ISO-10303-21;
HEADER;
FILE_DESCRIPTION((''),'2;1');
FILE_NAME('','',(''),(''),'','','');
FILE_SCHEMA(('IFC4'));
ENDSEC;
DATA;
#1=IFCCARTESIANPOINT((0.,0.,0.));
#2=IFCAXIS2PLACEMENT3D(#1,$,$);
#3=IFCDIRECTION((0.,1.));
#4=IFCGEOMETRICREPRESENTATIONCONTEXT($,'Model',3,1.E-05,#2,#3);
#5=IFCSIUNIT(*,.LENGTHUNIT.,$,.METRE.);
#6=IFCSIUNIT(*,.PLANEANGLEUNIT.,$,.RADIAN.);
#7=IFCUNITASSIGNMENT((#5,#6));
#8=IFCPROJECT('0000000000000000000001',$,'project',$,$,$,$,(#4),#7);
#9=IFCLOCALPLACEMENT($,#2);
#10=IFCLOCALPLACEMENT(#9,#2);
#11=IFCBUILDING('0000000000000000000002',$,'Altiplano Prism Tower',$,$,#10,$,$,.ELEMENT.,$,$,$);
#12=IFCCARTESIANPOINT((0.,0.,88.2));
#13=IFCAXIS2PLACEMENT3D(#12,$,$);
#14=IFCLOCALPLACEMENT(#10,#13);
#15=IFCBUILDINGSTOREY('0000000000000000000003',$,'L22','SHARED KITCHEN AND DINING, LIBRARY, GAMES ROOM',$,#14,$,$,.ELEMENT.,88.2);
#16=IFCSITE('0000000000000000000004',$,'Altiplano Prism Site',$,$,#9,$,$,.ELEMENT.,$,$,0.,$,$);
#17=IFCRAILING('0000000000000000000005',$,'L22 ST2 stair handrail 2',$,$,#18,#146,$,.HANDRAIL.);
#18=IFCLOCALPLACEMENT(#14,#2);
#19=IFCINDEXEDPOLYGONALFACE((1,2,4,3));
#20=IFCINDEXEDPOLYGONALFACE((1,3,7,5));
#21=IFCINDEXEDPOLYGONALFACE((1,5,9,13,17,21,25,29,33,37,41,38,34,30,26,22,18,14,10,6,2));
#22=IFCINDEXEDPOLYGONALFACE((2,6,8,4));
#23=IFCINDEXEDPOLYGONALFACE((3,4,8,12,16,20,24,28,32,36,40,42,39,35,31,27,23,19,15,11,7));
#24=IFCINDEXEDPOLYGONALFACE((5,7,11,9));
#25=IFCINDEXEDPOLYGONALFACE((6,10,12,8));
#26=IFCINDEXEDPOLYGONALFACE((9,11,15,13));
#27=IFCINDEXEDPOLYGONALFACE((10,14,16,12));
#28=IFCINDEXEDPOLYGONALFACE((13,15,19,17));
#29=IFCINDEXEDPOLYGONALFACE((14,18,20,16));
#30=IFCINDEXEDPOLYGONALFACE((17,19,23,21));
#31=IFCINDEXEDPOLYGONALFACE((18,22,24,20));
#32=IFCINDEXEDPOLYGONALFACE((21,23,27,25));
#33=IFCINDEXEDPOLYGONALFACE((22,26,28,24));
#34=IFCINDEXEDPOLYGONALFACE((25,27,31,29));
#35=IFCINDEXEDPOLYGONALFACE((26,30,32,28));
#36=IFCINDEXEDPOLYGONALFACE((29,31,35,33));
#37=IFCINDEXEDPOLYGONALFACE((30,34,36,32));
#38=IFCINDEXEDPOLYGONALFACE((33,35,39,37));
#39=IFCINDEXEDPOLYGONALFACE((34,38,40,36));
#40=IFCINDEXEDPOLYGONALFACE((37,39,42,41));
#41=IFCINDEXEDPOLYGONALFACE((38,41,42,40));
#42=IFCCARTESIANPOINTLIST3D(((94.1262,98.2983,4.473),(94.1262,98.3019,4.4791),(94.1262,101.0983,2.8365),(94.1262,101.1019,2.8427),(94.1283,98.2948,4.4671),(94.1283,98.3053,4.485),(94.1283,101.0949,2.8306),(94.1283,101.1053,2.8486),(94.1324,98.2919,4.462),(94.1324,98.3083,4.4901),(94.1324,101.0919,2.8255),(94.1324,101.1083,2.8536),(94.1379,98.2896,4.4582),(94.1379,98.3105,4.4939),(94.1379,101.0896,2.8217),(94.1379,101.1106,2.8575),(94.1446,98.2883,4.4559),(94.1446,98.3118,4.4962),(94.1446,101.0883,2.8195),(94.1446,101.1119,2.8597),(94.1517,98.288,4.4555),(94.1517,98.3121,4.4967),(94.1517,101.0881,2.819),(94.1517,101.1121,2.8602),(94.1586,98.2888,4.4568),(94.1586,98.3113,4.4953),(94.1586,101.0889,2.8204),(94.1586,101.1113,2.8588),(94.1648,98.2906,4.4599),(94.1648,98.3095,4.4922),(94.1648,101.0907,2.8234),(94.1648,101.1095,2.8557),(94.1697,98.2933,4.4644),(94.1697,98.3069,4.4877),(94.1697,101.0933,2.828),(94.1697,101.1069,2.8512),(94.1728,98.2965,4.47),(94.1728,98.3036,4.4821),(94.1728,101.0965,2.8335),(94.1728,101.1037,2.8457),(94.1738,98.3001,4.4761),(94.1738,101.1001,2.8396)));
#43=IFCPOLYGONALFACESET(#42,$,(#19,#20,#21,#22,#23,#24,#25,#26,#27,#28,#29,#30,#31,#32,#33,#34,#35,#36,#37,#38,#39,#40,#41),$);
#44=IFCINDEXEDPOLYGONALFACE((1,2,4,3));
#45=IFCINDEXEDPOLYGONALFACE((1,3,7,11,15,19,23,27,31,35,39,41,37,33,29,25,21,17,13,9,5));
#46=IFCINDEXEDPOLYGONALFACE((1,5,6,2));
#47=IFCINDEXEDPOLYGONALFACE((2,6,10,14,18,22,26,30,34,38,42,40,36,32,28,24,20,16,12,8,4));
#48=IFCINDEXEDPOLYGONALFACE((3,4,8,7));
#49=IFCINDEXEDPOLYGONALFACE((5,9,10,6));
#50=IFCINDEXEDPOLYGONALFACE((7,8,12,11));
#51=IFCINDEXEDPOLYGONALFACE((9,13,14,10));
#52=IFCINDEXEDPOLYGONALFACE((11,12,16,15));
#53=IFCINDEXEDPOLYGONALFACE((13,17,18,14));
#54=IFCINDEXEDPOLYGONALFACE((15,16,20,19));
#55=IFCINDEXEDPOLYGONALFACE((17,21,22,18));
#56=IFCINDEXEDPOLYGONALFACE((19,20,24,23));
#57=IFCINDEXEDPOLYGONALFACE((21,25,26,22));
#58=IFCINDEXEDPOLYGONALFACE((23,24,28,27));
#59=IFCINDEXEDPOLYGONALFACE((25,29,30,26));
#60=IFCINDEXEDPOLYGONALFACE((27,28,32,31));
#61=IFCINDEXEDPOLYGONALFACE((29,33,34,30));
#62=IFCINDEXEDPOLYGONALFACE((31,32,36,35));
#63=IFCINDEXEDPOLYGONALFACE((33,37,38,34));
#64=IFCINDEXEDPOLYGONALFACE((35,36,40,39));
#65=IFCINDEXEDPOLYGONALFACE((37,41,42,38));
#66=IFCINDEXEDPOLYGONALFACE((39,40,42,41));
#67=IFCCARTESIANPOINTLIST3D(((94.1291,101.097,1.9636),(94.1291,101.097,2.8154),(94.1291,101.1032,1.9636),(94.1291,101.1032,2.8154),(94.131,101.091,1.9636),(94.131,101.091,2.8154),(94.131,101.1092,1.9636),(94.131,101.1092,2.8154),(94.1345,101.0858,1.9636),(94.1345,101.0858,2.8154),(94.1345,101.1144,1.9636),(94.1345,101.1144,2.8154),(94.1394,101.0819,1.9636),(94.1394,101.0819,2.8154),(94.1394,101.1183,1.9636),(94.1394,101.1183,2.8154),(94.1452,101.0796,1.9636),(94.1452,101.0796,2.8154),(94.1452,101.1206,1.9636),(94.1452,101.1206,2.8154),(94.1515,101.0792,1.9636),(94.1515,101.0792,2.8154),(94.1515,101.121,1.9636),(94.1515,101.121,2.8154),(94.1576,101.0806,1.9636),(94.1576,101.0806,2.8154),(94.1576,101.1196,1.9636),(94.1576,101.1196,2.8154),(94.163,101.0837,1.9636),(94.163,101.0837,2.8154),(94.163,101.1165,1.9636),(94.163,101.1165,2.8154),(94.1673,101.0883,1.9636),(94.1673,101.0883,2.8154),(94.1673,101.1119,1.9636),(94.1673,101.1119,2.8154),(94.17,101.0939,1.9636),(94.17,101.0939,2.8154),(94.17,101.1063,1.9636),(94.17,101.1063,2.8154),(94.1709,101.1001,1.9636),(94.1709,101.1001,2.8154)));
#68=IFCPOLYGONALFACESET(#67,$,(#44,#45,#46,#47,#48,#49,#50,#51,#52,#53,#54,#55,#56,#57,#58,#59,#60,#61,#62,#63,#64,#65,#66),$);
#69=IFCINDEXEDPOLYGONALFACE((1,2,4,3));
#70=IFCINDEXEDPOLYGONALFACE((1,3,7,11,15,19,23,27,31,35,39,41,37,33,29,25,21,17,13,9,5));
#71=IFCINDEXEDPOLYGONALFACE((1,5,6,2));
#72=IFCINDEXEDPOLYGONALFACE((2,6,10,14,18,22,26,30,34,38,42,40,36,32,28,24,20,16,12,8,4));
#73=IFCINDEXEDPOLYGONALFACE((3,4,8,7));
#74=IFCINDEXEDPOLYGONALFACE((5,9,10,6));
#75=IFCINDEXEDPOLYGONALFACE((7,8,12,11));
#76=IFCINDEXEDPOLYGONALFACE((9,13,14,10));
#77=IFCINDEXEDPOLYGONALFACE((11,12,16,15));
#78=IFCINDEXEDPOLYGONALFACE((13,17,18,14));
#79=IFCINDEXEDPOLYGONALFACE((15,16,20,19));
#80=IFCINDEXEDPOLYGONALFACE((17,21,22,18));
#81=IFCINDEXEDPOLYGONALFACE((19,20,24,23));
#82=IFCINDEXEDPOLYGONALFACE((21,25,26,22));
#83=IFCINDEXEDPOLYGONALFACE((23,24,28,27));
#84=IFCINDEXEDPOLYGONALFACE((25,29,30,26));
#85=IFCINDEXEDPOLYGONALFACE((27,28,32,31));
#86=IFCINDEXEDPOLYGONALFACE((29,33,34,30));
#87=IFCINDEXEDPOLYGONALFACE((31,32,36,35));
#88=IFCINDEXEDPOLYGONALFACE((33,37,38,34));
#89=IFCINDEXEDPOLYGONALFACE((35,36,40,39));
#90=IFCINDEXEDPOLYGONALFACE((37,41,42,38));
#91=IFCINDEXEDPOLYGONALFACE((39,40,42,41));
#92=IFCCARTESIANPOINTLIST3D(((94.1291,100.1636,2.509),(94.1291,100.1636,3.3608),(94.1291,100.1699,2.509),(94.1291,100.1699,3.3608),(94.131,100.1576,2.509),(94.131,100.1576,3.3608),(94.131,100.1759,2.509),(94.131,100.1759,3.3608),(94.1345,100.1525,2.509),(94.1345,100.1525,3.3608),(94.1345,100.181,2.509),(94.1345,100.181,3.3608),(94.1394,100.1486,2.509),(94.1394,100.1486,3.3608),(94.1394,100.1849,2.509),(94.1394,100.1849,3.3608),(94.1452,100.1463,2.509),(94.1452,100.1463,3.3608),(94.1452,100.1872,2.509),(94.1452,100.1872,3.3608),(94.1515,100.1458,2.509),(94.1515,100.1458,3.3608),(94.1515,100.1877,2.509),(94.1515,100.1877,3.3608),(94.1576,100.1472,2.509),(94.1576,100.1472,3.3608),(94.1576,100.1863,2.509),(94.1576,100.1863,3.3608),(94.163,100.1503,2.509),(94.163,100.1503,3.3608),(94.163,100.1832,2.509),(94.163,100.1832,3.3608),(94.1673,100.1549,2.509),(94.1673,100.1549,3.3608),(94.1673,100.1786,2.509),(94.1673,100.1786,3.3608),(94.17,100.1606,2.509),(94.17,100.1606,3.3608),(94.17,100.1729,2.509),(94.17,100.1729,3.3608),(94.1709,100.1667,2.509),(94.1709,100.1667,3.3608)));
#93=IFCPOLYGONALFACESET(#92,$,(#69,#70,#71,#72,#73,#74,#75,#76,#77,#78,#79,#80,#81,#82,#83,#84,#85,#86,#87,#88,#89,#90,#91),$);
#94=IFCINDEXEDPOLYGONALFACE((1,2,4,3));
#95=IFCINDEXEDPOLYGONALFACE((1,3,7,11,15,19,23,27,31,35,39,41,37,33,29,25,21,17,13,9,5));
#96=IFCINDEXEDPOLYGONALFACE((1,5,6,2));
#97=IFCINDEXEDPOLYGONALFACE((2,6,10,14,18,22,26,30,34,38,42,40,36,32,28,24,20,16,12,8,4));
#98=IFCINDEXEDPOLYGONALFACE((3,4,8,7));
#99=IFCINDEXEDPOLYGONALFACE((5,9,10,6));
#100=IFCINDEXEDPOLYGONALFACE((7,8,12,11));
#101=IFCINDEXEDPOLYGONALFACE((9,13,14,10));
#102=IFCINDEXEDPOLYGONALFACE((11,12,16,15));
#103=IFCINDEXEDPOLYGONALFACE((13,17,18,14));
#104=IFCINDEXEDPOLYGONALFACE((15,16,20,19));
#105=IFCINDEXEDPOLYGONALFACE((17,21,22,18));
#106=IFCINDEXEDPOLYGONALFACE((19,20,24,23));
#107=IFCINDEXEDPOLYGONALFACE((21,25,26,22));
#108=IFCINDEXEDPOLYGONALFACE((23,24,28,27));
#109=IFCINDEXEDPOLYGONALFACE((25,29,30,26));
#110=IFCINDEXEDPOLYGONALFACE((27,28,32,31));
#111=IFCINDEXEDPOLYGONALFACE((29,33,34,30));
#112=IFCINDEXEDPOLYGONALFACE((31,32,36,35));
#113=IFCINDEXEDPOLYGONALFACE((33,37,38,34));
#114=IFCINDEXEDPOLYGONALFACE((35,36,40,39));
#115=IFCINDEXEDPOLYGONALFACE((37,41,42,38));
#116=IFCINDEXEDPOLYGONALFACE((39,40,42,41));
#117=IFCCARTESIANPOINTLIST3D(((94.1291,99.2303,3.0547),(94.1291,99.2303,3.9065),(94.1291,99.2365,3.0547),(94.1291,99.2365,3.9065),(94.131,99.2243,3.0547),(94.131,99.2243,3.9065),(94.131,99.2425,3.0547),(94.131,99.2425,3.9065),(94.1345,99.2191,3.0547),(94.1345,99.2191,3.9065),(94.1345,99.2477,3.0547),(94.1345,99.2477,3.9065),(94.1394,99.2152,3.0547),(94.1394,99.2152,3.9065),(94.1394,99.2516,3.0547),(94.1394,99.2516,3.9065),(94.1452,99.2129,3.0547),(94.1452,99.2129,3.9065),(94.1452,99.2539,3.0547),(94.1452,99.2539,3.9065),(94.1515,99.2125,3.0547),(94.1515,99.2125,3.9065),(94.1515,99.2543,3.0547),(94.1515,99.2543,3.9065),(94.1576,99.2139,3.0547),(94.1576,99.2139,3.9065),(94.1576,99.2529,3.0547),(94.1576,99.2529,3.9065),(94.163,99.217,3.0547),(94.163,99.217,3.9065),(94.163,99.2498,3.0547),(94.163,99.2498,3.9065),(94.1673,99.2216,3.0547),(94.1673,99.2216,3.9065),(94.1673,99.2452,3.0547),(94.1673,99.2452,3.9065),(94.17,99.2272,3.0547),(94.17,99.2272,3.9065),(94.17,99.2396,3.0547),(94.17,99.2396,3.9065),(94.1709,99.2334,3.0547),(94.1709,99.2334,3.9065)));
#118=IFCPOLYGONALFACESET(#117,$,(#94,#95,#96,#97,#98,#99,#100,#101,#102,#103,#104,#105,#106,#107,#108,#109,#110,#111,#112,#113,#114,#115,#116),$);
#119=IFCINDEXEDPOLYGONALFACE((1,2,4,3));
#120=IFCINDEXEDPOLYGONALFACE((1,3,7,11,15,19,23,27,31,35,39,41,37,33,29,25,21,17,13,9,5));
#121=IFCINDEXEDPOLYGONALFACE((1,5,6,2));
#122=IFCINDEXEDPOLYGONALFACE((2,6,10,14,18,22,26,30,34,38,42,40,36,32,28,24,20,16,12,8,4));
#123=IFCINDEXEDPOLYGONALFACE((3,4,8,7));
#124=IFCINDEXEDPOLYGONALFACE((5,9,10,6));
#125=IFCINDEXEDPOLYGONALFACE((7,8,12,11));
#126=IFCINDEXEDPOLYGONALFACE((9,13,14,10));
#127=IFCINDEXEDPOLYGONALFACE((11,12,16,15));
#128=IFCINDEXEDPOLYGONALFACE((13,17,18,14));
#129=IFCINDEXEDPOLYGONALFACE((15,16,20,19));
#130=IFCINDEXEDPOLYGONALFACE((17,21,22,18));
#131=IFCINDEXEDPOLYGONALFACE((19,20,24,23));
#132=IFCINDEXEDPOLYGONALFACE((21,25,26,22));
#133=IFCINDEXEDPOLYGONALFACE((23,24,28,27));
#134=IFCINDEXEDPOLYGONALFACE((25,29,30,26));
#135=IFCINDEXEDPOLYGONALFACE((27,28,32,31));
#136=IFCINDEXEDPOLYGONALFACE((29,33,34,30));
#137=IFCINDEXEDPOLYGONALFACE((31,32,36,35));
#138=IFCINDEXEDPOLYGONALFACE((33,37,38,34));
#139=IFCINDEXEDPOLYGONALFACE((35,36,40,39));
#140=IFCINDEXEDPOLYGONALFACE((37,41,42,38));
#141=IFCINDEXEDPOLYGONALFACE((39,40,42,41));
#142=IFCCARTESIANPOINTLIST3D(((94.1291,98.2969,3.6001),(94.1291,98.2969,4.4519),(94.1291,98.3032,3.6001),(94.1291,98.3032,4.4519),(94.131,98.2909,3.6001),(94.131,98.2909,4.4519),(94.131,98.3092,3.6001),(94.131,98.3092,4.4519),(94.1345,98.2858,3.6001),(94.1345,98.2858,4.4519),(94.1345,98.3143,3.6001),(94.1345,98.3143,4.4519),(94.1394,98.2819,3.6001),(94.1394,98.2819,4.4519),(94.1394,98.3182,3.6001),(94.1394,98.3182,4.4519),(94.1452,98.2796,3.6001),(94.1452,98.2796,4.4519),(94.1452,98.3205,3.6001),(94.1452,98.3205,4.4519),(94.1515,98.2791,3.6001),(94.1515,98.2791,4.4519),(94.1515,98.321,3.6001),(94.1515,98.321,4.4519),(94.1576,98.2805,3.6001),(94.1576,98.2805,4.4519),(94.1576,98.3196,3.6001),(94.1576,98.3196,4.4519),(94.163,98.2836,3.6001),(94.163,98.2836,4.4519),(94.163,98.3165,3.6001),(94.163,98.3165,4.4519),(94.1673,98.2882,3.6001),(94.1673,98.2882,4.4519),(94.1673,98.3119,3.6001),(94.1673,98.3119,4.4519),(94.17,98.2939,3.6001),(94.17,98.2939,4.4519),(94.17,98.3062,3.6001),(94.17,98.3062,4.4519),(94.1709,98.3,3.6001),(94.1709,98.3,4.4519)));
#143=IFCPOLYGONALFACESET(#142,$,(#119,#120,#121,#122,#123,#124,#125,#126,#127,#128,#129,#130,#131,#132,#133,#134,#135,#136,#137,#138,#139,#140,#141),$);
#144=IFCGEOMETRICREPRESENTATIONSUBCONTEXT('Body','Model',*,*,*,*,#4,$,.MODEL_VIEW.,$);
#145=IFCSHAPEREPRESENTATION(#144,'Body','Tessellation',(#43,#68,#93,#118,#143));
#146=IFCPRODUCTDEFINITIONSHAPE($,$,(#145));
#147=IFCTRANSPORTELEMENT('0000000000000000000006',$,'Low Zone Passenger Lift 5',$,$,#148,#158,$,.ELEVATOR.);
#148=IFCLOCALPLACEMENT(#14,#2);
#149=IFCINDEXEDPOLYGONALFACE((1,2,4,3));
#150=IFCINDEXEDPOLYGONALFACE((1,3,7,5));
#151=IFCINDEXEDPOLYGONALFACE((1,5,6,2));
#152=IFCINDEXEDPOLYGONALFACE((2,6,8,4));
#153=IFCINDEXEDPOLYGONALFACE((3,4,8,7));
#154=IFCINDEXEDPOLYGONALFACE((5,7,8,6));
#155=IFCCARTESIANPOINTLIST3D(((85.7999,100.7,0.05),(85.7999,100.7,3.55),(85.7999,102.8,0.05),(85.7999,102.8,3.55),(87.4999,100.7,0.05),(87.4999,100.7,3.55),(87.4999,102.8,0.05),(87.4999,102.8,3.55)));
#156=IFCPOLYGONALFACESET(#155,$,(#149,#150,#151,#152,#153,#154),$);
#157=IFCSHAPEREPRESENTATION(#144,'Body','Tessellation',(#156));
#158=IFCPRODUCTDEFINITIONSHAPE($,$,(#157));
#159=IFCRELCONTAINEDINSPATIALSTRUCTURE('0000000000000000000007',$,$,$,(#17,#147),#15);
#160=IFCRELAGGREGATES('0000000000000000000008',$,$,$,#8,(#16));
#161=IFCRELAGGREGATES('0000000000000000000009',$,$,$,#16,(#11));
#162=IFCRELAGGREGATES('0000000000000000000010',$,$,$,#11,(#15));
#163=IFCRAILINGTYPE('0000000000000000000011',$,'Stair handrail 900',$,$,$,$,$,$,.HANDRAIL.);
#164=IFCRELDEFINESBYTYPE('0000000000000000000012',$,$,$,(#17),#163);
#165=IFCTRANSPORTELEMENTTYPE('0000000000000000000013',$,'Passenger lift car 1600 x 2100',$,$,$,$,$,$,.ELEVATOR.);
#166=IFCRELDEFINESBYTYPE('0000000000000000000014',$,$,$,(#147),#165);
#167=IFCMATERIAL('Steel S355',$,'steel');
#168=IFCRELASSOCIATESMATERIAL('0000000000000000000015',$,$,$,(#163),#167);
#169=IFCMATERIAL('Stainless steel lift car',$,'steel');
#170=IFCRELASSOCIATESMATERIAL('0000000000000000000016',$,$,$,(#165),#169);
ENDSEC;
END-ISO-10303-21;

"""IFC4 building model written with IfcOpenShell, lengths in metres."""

from ifc_helpers import new_model, si_unit, direction, frame, origin, origin_2d, place, context, subcontext, project, spatial, rectangle, circle, extrude, material, type_object, element, save


model = new_model("IFC4")

# Units and contexts
model_context = context("Model", 3, precision=1e-05, world=origin(), true_north=direction((0.0, 1.0)))
body_context = subcontext(model_context, "Body", "Model", "MODEL_VIEW")
ifc_project = project(units=[si_unit("LENGTHUNIT", "METRE"), si_unit("PLANEANGLEUNIT", "RADIAN")], contexts=[model_context])

# Site, building, storey
site_placement = place(None, origin())
site = spatial("IfcSite", under=ifc_project, at=site_placement, Name="Altiplano Prism Site", CompositionType="ELEMENT", RefElevation=0.0)
building_placement = place(site_placement, origin())
building = spatial("IfcBuilding", under=site, at=building_placement, Name="Altiplano Prism Tower", CompositionType="ELEMENT")
storey_placement = place(building_placement, frame((0.0, 0.0, 88.2)))
storey = spatial("IfcBuildingStorey", under=building, at=storey_placement, Name="L22", Description="SHARED KITCHEN AND DINING, LIBRARY, GAMES ROOM", CompositionType="ELEMENT", Elevation=88.2)

# Railing
ifc_material_1 = material(Name="Steel S355", Category="steel")
railing_type_1 = type_object("IfcRailingType", Name="Stair handrail 900", PredefinedType="HANDRAIL", material=ifc_material_1)
railing_1_placement = place(storey_placement, frame((94.1499, 101.1001, 1.9636)))
element("IfcRailing", 1, at=railing_1_placement, inside=storey, type_object=railing_type_1, Name="L22 ST2 stair handrail 2", PredefinedType="HANDRAIL", context=body_context, shape_type="SweptSolid", body=[
    extrude(circle(Radius=0.0239, at=origin_2d()), frame((0.0, 0.0, 0.876), z_axis=(0.0, -0.863361, 0.504587), x_axis=(1.0, 0.0, 0.0)), (0.0, 0.0, 1.0), 3.2432),
    extrude(circle(Radius=0.021, at=origin_2d()), origin(), (0.0, 0.0, 1.0), 0.8518),
    extrude(circle(Radius=0.021, at=origin_2d()), frame((0.0, -0.9333, 0.5454)), (0.0, 0.0, 1.0), 0.8518),
    extrude(circle(Radius=0.021, at=origin_2d()), frame((0.0, -1.8667, 1.0911)), (0.0, 0.0, 1.0), 0.8518),
    extrude(circle(Radius=0.021, at=origin_2d()), frame((0.0, -2.8, 1.6365)), (0.0, 0.0, 1.0), 0.8518),
])

# Transport element
ifc_material_2 = material(Name="Stainless steel lift car", Category="steel")
transport_element_type = type_object("IfcTransportElementType", Name="Passenger lift car 1600 x 2100", PredefinedType="ELEVATOR", material=ifc_material_2)
transport_element_placement = place(storey_placement, frame((86.6499, 101.75, 0.05), z_axis=(0.0, 0.0, 1.0), x_axis=(1.0, 0.0, 0.0)))
element("IfcTransportElement", 2, at=transport_element_placement, inside=storey, type_object=transport_element_type, Name="Low Zone Passenger Lift 5", PredefinedType="ELEVATOR", context=body_context, shape_type="SweptSolid", body=[
    extrude(rectangle(XDim=1.7, YDim=2.1001, at=origin_2d()), origin(), (0.0, 0.0, 1.0), 3.5),
])

save(model, "model.ifc")
